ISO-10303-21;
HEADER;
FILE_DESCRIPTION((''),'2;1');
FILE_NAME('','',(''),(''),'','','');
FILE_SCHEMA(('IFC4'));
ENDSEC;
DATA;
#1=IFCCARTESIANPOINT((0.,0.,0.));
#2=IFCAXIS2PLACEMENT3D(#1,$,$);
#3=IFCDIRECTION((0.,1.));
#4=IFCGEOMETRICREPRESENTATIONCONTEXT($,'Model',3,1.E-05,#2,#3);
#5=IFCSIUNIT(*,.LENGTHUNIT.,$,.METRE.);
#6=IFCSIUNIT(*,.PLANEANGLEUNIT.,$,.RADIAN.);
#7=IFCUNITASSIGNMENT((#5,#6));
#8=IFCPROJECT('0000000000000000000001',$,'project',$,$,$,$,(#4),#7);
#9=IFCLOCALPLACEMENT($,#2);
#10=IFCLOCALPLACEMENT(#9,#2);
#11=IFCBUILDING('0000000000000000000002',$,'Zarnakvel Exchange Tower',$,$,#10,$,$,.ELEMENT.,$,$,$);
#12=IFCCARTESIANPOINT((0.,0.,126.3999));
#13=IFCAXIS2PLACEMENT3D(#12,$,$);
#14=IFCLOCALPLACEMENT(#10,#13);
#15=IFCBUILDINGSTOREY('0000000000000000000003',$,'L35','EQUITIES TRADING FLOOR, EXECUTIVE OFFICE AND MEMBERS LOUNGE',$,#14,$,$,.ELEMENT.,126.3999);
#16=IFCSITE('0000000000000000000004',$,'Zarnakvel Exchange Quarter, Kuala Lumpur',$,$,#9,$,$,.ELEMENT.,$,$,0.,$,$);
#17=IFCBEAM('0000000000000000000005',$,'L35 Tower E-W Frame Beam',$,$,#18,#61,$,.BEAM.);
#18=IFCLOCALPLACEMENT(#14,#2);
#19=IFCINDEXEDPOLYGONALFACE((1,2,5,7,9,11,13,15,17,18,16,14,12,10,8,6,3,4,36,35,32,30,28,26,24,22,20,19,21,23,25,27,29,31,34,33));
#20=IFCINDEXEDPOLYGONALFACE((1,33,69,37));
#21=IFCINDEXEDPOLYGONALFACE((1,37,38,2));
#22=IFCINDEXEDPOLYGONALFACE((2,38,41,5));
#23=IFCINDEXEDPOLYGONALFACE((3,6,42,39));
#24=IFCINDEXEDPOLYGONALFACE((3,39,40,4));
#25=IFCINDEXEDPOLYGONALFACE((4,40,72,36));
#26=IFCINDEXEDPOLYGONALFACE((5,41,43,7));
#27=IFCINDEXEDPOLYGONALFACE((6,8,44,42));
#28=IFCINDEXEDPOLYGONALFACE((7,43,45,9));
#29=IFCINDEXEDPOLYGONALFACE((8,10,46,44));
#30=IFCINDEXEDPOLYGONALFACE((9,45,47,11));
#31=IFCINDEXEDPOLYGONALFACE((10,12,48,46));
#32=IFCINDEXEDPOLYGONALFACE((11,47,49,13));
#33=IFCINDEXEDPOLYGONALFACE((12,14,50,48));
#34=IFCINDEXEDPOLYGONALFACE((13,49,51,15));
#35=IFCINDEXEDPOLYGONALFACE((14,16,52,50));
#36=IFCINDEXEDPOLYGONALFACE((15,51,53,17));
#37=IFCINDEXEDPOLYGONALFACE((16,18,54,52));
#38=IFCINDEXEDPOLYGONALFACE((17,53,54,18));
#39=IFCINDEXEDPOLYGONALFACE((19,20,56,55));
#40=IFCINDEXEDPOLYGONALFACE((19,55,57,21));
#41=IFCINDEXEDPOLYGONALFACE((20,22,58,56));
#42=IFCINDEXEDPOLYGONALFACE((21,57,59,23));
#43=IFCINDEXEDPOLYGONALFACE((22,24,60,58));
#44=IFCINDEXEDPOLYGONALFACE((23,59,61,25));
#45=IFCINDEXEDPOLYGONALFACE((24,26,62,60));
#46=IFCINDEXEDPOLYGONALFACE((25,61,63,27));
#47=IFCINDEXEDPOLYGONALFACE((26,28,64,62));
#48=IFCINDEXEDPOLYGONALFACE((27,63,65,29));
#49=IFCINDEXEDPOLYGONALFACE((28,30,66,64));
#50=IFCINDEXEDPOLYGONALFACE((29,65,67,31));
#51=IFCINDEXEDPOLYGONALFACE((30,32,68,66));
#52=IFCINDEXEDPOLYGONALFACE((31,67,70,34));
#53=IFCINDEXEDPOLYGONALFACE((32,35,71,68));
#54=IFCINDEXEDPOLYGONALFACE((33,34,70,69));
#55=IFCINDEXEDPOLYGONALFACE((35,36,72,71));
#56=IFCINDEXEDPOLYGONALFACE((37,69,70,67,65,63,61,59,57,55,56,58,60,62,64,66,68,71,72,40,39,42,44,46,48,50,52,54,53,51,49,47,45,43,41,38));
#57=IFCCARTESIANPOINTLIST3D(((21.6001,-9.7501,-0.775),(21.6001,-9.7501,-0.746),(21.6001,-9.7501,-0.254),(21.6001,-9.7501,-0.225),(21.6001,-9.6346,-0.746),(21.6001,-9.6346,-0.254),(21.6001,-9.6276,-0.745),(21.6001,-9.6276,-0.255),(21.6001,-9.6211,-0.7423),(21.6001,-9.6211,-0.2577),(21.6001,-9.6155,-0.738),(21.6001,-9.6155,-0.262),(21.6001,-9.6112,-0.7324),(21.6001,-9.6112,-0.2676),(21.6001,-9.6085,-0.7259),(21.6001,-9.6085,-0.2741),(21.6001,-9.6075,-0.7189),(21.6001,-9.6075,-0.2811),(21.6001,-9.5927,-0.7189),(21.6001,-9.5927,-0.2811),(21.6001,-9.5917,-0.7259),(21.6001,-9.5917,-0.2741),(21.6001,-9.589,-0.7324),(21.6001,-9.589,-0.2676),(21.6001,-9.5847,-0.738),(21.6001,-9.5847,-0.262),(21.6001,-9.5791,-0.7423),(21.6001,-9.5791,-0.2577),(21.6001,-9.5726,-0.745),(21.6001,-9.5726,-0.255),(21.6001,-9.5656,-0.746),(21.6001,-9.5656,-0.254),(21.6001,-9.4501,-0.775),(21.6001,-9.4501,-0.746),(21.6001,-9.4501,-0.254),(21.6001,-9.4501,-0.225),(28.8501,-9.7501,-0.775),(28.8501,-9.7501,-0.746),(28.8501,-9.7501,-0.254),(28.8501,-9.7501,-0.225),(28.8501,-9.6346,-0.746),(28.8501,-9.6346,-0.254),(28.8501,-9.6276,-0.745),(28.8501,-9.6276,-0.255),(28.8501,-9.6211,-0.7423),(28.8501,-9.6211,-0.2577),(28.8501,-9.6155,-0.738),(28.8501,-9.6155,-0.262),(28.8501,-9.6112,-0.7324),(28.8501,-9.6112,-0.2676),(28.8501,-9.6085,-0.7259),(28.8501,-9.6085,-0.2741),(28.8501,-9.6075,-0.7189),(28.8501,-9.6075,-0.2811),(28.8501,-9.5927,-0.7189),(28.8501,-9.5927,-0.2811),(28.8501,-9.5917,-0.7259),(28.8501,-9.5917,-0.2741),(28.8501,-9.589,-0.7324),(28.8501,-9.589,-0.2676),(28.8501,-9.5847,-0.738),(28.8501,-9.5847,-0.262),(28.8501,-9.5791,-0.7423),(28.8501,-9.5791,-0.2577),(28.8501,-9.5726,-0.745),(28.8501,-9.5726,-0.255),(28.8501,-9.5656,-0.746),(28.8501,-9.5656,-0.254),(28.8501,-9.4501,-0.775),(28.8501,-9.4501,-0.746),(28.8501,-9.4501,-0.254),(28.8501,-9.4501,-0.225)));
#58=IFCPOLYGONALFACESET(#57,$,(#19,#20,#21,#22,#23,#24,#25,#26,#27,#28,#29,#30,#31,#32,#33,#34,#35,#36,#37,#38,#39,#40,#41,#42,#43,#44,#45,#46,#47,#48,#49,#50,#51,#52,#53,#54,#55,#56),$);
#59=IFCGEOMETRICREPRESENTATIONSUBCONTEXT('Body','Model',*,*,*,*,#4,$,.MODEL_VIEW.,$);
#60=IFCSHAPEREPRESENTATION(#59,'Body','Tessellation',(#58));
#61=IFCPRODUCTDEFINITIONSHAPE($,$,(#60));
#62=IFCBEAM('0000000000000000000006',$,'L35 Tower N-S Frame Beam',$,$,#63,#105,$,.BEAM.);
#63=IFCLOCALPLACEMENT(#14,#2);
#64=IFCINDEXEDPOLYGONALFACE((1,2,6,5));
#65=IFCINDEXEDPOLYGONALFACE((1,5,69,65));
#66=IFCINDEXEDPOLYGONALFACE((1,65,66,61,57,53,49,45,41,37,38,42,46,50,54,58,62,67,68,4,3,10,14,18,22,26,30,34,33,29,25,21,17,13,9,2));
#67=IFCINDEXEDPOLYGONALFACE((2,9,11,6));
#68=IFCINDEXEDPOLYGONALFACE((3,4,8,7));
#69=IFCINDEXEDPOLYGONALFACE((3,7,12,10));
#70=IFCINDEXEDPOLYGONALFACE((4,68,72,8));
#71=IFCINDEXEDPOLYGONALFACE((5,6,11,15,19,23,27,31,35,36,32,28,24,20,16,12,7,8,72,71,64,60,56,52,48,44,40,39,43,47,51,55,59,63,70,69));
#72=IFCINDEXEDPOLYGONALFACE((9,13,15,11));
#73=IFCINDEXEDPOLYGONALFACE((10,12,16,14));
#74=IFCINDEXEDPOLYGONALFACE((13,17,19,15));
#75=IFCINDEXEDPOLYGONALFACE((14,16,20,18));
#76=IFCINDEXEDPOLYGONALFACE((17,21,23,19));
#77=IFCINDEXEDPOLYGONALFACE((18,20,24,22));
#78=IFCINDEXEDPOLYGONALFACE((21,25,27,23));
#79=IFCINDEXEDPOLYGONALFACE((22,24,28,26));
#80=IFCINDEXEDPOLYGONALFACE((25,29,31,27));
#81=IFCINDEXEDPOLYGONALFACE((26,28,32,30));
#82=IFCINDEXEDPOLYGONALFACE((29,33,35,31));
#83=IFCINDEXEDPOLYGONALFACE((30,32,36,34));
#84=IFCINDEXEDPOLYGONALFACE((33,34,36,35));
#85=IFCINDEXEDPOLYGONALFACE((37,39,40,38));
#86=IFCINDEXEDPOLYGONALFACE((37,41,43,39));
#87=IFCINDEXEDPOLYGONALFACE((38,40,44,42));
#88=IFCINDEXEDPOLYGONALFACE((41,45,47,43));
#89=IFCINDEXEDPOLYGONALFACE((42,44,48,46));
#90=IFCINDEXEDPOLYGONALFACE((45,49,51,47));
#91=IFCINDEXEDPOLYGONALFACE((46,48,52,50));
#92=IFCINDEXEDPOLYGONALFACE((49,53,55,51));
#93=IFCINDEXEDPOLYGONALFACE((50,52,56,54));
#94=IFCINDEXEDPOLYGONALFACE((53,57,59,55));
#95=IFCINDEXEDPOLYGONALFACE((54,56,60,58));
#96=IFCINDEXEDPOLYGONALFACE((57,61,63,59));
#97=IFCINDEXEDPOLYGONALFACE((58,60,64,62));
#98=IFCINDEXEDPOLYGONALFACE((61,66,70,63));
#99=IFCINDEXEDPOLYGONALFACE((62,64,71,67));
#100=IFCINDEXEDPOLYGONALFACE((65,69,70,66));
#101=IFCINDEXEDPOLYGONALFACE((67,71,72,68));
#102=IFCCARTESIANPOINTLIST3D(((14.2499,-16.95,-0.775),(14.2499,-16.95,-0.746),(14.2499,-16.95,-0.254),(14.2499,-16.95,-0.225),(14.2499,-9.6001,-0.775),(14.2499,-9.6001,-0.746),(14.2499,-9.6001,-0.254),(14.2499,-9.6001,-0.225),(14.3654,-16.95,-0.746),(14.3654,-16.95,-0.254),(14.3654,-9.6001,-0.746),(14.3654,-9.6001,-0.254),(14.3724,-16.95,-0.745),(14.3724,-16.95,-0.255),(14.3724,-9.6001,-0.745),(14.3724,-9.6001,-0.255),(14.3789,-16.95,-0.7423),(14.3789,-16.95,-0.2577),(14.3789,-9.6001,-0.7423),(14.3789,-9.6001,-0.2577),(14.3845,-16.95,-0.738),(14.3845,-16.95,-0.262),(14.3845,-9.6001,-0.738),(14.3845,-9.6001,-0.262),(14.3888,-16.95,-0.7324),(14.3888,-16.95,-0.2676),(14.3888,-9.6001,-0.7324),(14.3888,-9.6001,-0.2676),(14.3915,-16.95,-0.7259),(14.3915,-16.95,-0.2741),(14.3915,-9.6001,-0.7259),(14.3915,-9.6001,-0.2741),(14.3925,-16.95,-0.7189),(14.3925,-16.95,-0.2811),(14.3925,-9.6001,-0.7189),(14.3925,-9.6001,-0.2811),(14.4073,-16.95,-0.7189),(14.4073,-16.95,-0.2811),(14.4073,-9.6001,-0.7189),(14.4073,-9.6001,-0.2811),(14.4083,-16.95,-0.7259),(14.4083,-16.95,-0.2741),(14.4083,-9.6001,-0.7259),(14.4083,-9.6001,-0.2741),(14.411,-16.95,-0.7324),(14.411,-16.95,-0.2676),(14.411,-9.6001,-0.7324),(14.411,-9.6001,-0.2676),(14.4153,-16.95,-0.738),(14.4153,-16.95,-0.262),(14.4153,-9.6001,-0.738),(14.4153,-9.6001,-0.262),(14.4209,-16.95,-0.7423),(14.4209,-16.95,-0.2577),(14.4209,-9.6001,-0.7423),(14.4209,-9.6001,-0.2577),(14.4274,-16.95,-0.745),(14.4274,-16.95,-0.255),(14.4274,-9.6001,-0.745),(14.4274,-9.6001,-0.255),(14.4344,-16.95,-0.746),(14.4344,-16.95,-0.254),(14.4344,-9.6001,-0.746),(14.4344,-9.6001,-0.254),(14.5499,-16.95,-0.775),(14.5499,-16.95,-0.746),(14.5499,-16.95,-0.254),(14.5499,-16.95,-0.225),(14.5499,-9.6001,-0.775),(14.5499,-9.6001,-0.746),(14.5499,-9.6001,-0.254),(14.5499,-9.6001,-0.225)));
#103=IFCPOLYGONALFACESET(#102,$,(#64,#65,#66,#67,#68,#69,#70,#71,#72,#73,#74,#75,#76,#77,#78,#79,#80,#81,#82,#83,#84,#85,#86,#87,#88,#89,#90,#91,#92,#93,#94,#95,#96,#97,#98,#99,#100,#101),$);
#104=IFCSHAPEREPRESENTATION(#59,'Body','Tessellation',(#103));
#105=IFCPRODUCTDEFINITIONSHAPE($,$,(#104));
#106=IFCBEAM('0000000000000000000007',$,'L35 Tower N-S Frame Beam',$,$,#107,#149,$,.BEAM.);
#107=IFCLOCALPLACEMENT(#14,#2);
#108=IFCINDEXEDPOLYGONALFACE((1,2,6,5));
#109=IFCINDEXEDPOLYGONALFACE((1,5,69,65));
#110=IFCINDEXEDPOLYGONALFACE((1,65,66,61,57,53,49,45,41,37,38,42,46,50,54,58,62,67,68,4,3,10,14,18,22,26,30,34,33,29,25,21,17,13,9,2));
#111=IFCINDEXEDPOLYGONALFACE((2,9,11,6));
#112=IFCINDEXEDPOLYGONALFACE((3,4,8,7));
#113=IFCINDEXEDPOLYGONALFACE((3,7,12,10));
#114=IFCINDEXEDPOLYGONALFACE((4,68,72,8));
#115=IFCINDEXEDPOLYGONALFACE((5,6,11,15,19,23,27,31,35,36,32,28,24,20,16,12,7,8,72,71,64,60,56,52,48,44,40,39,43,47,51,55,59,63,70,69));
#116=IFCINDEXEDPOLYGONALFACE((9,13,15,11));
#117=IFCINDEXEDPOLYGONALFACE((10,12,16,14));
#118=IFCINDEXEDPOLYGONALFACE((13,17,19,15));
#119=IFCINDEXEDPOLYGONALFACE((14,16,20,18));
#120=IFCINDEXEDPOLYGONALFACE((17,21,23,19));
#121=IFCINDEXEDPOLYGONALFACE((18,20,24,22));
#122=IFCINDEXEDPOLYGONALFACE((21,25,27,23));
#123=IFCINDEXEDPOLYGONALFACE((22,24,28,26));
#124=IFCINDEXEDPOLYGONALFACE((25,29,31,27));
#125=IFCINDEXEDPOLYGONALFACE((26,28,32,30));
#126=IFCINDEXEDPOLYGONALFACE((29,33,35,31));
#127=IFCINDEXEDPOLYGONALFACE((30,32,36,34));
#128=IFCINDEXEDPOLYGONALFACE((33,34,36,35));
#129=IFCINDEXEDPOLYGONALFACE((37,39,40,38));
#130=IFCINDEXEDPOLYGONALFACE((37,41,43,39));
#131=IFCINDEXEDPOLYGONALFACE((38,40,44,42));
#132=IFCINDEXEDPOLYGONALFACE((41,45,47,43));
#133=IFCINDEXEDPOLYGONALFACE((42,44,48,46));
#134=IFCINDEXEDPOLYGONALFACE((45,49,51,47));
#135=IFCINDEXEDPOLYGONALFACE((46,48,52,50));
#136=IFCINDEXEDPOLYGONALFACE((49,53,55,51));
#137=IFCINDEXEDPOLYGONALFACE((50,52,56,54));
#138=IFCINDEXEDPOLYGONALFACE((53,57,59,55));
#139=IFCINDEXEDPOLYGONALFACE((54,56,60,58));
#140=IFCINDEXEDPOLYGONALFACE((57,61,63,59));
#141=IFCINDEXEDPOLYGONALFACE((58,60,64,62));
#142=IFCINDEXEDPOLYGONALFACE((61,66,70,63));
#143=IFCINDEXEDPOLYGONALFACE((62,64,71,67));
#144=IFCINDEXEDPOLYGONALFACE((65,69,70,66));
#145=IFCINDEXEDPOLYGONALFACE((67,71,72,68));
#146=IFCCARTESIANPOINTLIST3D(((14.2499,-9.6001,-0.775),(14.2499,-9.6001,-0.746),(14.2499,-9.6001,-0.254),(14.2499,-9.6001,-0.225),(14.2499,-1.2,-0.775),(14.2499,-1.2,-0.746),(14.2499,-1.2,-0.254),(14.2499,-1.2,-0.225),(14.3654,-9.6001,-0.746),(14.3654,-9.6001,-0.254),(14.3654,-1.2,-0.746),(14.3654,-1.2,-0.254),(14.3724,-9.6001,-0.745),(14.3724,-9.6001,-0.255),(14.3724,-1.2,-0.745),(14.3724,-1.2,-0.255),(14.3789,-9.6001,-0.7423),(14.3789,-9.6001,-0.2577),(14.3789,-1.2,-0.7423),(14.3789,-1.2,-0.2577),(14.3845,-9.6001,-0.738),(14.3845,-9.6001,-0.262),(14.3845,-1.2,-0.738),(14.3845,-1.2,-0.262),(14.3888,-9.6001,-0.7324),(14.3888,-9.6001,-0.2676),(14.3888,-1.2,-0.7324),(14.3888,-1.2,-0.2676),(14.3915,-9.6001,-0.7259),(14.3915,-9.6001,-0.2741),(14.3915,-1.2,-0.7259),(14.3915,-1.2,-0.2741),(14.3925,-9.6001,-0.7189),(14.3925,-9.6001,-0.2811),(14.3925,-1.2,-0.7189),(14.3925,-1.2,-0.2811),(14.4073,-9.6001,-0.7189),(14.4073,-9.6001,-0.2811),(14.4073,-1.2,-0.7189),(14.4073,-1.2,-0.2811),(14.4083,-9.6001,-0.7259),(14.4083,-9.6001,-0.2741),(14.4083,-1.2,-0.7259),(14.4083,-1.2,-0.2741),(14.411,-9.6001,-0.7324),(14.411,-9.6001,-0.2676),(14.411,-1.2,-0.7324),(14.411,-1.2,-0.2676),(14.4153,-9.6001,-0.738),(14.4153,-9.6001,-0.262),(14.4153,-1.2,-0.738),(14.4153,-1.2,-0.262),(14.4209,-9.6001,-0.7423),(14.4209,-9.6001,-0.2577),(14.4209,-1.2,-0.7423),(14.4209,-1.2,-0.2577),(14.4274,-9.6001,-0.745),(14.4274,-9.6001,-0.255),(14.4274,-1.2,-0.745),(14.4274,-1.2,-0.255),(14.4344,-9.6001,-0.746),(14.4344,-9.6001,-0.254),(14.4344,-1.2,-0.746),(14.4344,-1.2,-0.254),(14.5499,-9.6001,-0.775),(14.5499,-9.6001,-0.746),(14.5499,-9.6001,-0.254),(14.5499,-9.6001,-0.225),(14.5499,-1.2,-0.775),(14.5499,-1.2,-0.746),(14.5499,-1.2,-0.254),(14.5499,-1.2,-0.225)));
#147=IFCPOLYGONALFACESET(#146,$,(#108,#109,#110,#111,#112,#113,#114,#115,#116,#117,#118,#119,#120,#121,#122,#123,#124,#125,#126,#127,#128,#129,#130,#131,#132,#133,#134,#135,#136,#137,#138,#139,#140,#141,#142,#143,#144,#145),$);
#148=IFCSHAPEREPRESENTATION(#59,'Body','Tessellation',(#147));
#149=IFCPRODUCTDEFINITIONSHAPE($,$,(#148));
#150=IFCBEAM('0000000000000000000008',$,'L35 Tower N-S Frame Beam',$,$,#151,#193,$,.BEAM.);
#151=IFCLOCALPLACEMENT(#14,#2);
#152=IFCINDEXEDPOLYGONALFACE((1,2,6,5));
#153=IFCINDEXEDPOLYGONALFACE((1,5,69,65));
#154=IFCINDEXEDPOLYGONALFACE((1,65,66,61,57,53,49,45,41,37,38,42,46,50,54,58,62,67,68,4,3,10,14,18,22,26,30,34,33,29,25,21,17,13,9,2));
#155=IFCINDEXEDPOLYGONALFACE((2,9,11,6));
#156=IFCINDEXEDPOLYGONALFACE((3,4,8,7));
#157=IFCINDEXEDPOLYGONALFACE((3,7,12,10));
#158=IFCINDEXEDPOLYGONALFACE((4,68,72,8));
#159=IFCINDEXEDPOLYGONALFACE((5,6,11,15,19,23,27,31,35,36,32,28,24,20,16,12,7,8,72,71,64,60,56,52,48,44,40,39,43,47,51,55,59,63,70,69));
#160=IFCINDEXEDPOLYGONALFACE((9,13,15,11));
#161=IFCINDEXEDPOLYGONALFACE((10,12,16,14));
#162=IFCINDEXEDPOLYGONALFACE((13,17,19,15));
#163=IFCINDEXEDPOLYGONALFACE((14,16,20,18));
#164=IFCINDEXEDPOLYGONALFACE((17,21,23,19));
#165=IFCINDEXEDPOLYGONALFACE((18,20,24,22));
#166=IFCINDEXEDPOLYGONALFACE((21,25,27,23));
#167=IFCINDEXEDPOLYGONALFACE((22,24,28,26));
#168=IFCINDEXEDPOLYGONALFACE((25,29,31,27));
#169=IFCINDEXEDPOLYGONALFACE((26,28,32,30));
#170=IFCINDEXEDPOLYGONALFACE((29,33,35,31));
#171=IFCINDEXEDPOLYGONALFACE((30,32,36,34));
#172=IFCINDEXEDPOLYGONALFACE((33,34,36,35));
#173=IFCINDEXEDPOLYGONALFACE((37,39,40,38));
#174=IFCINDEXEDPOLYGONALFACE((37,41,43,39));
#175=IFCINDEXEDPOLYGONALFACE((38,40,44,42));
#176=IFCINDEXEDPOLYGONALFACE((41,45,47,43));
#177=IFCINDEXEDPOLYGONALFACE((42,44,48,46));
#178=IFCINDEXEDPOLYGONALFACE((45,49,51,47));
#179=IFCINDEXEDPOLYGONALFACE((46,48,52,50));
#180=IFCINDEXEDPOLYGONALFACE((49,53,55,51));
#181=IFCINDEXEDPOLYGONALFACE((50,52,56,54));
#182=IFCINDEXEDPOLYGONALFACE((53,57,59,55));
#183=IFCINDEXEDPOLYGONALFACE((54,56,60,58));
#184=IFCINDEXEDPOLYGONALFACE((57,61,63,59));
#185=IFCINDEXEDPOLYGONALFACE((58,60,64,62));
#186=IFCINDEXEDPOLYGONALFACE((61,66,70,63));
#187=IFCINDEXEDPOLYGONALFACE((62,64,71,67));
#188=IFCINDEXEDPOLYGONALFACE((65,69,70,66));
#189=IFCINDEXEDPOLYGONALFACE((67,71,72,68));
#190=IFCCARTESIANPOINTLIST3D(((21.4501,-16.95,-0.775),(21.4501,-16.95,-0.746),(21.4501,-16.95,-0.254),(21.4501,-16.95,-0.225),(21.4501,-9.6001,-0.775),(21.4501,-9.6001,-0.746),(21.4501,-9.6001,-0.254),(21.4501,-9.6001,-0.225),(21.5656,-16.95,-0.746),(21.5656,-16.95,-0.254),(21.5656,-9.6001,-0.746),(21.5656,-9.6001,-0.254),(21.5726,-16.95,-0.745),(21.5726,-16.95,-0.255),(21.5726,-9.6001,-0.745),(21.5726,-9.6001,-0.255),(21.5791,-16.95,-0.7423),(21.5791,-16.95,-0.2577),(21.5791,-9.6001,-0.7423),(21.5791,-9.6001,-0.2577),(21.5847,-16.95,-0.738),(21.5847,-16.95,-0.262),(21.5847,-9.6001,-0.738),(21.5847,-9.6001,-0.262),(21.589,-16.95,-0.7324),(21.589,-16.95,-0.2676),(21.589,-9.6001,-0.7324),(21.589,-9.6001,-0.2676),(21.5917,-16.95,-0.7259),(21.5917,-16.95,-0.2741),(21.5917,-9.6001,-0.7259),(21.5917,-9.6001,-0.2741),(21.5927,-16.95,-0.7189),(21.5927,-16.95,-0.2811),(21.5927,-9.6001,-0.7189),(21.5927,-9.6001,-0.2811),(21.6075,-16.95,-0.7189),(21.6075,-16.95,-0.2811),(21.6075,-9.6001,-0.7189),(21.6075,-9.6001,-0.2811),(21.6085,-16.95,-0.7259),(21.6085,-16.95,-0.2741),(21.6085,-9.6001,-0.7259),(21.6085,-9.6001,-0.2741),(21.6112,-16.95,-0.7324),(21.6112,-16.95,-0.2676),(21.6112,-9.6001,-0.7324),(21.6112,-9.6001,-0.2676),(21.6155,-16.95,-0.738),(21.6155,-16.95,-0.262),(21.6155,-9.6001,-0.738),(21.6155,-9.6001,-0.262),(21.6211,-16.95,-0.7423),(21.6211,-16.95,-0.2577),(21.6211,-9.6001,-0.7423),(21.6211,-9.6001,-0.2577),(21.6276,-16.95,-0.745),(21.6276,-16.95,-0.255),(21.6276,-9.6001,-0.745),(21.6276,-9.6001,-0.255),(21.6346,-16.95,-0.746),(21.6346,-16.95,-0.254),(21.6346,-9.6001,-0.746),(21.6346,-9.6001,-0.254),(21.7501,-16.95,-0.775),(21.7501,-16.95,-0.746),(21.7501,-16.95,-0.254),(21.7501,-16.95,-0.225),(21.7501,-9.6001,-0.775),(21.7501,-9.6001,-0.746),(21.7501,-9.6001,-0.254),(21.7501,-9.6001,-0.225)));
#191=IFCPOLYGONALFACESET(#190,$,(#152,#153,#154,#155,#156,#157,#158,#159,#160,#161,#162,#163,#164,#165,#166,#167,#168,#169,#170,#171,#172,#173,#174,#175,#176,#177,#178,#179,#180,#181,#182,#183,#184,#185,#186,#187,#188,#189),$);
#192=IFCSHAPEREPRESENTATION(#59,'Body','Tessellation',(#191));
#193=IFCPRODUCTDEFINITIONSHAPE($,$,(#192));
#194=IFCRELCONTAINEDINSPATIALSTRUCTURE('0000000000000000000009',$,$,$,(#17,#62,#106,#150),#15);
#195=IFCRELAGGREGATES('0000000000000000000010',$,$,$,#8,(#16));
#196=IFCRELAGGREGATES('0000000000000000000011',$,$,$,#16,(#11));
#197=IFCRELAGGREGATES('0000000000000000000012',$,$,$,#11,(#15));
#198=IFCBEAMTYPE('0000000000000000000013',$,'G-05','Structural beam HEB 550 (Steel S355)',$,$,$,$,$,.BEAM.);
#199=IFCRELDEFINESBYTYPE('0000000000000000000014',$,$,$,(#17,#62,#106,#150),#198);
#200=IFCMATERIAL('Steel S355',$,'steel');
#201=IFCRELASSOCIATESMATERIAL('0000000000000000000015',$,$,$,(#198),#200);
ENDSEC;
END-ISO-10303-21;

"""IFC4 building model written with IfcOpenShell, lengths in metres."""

from ifc_helpers import new_model, si_unit, direction, frame, origin, origin_2d, place, context, subcontext, project, spatial, i_section, extrude, material, material_profile, profile_set, type_object, element, save


model = new_model("IFC4")

# Units and contexts
model_context = context("Model", 3, precision=1e-05, world=origin(), true_north=direction((0.0, 1.0)))
body_context = subcontext(model_context, "Body", "Model", "MODEL_VIEW")
ifc_project = project(units=[si_unit("LENGTHUNIT", "METRE"), si_unit("PLANEANGLEUNIT", "RADIAN")], contexts=[model_context])

# Site, building, storey
site_placement = place(None, origin())
site = spatial("IfcSite", under=ifc_project, at=site_placement, Name="Zarnakvel Exchange Quarter, Kuala Lumpur", CompositionType="ELEMENT", RefElevation=0.0)
building_placement = place(site_placement, origin())
building = spatial("IfcBuilding", under=site, at=building_placement, Name="Zarnakvel Exchange Tower", CompositionType="ELEMENT")
storey_placement = place(building_placement, frame((0.0, 0.0, 126.3999)))
storey = spatial("IfcBuildingStorey", under=building, at=storey_placement, Name="L35", Description="EQUITIES TRADING FLOOR, EXECUTIVE OFFICE AND MEMBERS LOUNGE", CompositionType="ELEMENT", Elevation=126.3999)

# Shared definitions
ifc_material_1 = material(Name="Steel S355", Category="steel")

# Beams
ifc_material_profile_1 = material_profile(ifc_material_1, i_section(OverallWidth=0.3, OverallDepth=0.55, WebThickness=0.0149, FlangeThickness=0.0291, FilletRadius=0.0271, at=origin_2d()))
ifc_profile_set_1 = profile_set([ifc_material_profile_1], Name="Steel S355")
beam_type_1 = type_object("IfcBeamType", Name="G-05", Description="Structural beam HEB 550 (Steel S355)", PredefinedType="BEAM", material=ifc_profile_set_1)
beam_1_placement = place(storey_placement, frame((21.6001, -9.6001, -0.5), z_axis=(1.0, 0.0, 0.0), x_axis=(0.0, 1.0, 0.0)))
element("IfcBeam", 1, at=beam_1_placement, inside=storey, type_object=beam_type_1, Name="L35 Tower E-W Frame Beam", PredefinedType="BEAM", context=body_context, shape_type="SweptSolid", body=[
    extrude(i_section(OverallWidth=0.3, OverallDepth=0.55, WebThickness=0.0149, FlangeThickness=0.0291, FilletRadius=0.0271, at=origin_2d()), origin(), (0.0, 0.0, 1.0), 7.25),
])
beam_2_placement = place(storey_placement, frame((14.3999, -16.95, -0.5), z_axis=(0.0, 1.0, 0.0), x_axis=(-1.0, 0.0, 0.0)))
element("IfcBeam", 2, at=beam_2_placement, inside=storey, type_object=beam_type_1, Name="L35 Tower N-S Frame Beam", PredefinedType="BEAM", context=body_context, shape_type="SweptSolid", body=[
    extrude(i_section(OverallWidth=0.3, OverallDepth=0.55, WebThickness=0.0149, FlangeThickness=0.0291, FilletRadius=0.0271, at=origin_2d()), origin(), (0.0, 0.0, 1.0), 7.3499),
])
beam_3_placement = place(storey_placement, frame((14.3999, -9.6001, -0.5), z_axis=(0.0, 1.0, 0.0), x_axis=(-1.0, 0.0, 0.0)))
element("IfcBeam", 3, at=beam_3_placement, inside=storey, type_object=beam_type_1, Name="L35 Tower N-S Frame Beam", PredefinedType="BEAM", context=body_context, shape_type="SweptSolid", body=[
    extrude(i_section(OverallWidth=0.3, OverallDepth=0.55, WebThickness=0.0149, FlangeThickness=0.0291, FilletRadius=0.0271, at=origin_2d()), origin(), (0.0, 0.0, 1.0), 8.4001),
])
beam_4_placement = place(storey_placement, frame((21.6001, -16.95, -0.5), z_axis=(0.0, 1.0, 0.0), x_axis=(-1.0, 0.0, 0.0)))
element("IfcBeam", 4, at=beam_4_placement, inside=storey, type_object=beam_type_1, Name="L35 Tower N-S Frame Beam", PredefinedType="BEAM", context=body_context, shape_type="SweptSolid", body=[
    extrude(i_section(OverallWidth=0.3, OverallDepth=0.55, WebThickness=0.0149, FlangeThickness=0.0291, FilletRadius=0.0271, at=origin_2d()), origin(), (0.0, 0.0, 1.0), 7.3499),
])

save(model, "model.ifc")
